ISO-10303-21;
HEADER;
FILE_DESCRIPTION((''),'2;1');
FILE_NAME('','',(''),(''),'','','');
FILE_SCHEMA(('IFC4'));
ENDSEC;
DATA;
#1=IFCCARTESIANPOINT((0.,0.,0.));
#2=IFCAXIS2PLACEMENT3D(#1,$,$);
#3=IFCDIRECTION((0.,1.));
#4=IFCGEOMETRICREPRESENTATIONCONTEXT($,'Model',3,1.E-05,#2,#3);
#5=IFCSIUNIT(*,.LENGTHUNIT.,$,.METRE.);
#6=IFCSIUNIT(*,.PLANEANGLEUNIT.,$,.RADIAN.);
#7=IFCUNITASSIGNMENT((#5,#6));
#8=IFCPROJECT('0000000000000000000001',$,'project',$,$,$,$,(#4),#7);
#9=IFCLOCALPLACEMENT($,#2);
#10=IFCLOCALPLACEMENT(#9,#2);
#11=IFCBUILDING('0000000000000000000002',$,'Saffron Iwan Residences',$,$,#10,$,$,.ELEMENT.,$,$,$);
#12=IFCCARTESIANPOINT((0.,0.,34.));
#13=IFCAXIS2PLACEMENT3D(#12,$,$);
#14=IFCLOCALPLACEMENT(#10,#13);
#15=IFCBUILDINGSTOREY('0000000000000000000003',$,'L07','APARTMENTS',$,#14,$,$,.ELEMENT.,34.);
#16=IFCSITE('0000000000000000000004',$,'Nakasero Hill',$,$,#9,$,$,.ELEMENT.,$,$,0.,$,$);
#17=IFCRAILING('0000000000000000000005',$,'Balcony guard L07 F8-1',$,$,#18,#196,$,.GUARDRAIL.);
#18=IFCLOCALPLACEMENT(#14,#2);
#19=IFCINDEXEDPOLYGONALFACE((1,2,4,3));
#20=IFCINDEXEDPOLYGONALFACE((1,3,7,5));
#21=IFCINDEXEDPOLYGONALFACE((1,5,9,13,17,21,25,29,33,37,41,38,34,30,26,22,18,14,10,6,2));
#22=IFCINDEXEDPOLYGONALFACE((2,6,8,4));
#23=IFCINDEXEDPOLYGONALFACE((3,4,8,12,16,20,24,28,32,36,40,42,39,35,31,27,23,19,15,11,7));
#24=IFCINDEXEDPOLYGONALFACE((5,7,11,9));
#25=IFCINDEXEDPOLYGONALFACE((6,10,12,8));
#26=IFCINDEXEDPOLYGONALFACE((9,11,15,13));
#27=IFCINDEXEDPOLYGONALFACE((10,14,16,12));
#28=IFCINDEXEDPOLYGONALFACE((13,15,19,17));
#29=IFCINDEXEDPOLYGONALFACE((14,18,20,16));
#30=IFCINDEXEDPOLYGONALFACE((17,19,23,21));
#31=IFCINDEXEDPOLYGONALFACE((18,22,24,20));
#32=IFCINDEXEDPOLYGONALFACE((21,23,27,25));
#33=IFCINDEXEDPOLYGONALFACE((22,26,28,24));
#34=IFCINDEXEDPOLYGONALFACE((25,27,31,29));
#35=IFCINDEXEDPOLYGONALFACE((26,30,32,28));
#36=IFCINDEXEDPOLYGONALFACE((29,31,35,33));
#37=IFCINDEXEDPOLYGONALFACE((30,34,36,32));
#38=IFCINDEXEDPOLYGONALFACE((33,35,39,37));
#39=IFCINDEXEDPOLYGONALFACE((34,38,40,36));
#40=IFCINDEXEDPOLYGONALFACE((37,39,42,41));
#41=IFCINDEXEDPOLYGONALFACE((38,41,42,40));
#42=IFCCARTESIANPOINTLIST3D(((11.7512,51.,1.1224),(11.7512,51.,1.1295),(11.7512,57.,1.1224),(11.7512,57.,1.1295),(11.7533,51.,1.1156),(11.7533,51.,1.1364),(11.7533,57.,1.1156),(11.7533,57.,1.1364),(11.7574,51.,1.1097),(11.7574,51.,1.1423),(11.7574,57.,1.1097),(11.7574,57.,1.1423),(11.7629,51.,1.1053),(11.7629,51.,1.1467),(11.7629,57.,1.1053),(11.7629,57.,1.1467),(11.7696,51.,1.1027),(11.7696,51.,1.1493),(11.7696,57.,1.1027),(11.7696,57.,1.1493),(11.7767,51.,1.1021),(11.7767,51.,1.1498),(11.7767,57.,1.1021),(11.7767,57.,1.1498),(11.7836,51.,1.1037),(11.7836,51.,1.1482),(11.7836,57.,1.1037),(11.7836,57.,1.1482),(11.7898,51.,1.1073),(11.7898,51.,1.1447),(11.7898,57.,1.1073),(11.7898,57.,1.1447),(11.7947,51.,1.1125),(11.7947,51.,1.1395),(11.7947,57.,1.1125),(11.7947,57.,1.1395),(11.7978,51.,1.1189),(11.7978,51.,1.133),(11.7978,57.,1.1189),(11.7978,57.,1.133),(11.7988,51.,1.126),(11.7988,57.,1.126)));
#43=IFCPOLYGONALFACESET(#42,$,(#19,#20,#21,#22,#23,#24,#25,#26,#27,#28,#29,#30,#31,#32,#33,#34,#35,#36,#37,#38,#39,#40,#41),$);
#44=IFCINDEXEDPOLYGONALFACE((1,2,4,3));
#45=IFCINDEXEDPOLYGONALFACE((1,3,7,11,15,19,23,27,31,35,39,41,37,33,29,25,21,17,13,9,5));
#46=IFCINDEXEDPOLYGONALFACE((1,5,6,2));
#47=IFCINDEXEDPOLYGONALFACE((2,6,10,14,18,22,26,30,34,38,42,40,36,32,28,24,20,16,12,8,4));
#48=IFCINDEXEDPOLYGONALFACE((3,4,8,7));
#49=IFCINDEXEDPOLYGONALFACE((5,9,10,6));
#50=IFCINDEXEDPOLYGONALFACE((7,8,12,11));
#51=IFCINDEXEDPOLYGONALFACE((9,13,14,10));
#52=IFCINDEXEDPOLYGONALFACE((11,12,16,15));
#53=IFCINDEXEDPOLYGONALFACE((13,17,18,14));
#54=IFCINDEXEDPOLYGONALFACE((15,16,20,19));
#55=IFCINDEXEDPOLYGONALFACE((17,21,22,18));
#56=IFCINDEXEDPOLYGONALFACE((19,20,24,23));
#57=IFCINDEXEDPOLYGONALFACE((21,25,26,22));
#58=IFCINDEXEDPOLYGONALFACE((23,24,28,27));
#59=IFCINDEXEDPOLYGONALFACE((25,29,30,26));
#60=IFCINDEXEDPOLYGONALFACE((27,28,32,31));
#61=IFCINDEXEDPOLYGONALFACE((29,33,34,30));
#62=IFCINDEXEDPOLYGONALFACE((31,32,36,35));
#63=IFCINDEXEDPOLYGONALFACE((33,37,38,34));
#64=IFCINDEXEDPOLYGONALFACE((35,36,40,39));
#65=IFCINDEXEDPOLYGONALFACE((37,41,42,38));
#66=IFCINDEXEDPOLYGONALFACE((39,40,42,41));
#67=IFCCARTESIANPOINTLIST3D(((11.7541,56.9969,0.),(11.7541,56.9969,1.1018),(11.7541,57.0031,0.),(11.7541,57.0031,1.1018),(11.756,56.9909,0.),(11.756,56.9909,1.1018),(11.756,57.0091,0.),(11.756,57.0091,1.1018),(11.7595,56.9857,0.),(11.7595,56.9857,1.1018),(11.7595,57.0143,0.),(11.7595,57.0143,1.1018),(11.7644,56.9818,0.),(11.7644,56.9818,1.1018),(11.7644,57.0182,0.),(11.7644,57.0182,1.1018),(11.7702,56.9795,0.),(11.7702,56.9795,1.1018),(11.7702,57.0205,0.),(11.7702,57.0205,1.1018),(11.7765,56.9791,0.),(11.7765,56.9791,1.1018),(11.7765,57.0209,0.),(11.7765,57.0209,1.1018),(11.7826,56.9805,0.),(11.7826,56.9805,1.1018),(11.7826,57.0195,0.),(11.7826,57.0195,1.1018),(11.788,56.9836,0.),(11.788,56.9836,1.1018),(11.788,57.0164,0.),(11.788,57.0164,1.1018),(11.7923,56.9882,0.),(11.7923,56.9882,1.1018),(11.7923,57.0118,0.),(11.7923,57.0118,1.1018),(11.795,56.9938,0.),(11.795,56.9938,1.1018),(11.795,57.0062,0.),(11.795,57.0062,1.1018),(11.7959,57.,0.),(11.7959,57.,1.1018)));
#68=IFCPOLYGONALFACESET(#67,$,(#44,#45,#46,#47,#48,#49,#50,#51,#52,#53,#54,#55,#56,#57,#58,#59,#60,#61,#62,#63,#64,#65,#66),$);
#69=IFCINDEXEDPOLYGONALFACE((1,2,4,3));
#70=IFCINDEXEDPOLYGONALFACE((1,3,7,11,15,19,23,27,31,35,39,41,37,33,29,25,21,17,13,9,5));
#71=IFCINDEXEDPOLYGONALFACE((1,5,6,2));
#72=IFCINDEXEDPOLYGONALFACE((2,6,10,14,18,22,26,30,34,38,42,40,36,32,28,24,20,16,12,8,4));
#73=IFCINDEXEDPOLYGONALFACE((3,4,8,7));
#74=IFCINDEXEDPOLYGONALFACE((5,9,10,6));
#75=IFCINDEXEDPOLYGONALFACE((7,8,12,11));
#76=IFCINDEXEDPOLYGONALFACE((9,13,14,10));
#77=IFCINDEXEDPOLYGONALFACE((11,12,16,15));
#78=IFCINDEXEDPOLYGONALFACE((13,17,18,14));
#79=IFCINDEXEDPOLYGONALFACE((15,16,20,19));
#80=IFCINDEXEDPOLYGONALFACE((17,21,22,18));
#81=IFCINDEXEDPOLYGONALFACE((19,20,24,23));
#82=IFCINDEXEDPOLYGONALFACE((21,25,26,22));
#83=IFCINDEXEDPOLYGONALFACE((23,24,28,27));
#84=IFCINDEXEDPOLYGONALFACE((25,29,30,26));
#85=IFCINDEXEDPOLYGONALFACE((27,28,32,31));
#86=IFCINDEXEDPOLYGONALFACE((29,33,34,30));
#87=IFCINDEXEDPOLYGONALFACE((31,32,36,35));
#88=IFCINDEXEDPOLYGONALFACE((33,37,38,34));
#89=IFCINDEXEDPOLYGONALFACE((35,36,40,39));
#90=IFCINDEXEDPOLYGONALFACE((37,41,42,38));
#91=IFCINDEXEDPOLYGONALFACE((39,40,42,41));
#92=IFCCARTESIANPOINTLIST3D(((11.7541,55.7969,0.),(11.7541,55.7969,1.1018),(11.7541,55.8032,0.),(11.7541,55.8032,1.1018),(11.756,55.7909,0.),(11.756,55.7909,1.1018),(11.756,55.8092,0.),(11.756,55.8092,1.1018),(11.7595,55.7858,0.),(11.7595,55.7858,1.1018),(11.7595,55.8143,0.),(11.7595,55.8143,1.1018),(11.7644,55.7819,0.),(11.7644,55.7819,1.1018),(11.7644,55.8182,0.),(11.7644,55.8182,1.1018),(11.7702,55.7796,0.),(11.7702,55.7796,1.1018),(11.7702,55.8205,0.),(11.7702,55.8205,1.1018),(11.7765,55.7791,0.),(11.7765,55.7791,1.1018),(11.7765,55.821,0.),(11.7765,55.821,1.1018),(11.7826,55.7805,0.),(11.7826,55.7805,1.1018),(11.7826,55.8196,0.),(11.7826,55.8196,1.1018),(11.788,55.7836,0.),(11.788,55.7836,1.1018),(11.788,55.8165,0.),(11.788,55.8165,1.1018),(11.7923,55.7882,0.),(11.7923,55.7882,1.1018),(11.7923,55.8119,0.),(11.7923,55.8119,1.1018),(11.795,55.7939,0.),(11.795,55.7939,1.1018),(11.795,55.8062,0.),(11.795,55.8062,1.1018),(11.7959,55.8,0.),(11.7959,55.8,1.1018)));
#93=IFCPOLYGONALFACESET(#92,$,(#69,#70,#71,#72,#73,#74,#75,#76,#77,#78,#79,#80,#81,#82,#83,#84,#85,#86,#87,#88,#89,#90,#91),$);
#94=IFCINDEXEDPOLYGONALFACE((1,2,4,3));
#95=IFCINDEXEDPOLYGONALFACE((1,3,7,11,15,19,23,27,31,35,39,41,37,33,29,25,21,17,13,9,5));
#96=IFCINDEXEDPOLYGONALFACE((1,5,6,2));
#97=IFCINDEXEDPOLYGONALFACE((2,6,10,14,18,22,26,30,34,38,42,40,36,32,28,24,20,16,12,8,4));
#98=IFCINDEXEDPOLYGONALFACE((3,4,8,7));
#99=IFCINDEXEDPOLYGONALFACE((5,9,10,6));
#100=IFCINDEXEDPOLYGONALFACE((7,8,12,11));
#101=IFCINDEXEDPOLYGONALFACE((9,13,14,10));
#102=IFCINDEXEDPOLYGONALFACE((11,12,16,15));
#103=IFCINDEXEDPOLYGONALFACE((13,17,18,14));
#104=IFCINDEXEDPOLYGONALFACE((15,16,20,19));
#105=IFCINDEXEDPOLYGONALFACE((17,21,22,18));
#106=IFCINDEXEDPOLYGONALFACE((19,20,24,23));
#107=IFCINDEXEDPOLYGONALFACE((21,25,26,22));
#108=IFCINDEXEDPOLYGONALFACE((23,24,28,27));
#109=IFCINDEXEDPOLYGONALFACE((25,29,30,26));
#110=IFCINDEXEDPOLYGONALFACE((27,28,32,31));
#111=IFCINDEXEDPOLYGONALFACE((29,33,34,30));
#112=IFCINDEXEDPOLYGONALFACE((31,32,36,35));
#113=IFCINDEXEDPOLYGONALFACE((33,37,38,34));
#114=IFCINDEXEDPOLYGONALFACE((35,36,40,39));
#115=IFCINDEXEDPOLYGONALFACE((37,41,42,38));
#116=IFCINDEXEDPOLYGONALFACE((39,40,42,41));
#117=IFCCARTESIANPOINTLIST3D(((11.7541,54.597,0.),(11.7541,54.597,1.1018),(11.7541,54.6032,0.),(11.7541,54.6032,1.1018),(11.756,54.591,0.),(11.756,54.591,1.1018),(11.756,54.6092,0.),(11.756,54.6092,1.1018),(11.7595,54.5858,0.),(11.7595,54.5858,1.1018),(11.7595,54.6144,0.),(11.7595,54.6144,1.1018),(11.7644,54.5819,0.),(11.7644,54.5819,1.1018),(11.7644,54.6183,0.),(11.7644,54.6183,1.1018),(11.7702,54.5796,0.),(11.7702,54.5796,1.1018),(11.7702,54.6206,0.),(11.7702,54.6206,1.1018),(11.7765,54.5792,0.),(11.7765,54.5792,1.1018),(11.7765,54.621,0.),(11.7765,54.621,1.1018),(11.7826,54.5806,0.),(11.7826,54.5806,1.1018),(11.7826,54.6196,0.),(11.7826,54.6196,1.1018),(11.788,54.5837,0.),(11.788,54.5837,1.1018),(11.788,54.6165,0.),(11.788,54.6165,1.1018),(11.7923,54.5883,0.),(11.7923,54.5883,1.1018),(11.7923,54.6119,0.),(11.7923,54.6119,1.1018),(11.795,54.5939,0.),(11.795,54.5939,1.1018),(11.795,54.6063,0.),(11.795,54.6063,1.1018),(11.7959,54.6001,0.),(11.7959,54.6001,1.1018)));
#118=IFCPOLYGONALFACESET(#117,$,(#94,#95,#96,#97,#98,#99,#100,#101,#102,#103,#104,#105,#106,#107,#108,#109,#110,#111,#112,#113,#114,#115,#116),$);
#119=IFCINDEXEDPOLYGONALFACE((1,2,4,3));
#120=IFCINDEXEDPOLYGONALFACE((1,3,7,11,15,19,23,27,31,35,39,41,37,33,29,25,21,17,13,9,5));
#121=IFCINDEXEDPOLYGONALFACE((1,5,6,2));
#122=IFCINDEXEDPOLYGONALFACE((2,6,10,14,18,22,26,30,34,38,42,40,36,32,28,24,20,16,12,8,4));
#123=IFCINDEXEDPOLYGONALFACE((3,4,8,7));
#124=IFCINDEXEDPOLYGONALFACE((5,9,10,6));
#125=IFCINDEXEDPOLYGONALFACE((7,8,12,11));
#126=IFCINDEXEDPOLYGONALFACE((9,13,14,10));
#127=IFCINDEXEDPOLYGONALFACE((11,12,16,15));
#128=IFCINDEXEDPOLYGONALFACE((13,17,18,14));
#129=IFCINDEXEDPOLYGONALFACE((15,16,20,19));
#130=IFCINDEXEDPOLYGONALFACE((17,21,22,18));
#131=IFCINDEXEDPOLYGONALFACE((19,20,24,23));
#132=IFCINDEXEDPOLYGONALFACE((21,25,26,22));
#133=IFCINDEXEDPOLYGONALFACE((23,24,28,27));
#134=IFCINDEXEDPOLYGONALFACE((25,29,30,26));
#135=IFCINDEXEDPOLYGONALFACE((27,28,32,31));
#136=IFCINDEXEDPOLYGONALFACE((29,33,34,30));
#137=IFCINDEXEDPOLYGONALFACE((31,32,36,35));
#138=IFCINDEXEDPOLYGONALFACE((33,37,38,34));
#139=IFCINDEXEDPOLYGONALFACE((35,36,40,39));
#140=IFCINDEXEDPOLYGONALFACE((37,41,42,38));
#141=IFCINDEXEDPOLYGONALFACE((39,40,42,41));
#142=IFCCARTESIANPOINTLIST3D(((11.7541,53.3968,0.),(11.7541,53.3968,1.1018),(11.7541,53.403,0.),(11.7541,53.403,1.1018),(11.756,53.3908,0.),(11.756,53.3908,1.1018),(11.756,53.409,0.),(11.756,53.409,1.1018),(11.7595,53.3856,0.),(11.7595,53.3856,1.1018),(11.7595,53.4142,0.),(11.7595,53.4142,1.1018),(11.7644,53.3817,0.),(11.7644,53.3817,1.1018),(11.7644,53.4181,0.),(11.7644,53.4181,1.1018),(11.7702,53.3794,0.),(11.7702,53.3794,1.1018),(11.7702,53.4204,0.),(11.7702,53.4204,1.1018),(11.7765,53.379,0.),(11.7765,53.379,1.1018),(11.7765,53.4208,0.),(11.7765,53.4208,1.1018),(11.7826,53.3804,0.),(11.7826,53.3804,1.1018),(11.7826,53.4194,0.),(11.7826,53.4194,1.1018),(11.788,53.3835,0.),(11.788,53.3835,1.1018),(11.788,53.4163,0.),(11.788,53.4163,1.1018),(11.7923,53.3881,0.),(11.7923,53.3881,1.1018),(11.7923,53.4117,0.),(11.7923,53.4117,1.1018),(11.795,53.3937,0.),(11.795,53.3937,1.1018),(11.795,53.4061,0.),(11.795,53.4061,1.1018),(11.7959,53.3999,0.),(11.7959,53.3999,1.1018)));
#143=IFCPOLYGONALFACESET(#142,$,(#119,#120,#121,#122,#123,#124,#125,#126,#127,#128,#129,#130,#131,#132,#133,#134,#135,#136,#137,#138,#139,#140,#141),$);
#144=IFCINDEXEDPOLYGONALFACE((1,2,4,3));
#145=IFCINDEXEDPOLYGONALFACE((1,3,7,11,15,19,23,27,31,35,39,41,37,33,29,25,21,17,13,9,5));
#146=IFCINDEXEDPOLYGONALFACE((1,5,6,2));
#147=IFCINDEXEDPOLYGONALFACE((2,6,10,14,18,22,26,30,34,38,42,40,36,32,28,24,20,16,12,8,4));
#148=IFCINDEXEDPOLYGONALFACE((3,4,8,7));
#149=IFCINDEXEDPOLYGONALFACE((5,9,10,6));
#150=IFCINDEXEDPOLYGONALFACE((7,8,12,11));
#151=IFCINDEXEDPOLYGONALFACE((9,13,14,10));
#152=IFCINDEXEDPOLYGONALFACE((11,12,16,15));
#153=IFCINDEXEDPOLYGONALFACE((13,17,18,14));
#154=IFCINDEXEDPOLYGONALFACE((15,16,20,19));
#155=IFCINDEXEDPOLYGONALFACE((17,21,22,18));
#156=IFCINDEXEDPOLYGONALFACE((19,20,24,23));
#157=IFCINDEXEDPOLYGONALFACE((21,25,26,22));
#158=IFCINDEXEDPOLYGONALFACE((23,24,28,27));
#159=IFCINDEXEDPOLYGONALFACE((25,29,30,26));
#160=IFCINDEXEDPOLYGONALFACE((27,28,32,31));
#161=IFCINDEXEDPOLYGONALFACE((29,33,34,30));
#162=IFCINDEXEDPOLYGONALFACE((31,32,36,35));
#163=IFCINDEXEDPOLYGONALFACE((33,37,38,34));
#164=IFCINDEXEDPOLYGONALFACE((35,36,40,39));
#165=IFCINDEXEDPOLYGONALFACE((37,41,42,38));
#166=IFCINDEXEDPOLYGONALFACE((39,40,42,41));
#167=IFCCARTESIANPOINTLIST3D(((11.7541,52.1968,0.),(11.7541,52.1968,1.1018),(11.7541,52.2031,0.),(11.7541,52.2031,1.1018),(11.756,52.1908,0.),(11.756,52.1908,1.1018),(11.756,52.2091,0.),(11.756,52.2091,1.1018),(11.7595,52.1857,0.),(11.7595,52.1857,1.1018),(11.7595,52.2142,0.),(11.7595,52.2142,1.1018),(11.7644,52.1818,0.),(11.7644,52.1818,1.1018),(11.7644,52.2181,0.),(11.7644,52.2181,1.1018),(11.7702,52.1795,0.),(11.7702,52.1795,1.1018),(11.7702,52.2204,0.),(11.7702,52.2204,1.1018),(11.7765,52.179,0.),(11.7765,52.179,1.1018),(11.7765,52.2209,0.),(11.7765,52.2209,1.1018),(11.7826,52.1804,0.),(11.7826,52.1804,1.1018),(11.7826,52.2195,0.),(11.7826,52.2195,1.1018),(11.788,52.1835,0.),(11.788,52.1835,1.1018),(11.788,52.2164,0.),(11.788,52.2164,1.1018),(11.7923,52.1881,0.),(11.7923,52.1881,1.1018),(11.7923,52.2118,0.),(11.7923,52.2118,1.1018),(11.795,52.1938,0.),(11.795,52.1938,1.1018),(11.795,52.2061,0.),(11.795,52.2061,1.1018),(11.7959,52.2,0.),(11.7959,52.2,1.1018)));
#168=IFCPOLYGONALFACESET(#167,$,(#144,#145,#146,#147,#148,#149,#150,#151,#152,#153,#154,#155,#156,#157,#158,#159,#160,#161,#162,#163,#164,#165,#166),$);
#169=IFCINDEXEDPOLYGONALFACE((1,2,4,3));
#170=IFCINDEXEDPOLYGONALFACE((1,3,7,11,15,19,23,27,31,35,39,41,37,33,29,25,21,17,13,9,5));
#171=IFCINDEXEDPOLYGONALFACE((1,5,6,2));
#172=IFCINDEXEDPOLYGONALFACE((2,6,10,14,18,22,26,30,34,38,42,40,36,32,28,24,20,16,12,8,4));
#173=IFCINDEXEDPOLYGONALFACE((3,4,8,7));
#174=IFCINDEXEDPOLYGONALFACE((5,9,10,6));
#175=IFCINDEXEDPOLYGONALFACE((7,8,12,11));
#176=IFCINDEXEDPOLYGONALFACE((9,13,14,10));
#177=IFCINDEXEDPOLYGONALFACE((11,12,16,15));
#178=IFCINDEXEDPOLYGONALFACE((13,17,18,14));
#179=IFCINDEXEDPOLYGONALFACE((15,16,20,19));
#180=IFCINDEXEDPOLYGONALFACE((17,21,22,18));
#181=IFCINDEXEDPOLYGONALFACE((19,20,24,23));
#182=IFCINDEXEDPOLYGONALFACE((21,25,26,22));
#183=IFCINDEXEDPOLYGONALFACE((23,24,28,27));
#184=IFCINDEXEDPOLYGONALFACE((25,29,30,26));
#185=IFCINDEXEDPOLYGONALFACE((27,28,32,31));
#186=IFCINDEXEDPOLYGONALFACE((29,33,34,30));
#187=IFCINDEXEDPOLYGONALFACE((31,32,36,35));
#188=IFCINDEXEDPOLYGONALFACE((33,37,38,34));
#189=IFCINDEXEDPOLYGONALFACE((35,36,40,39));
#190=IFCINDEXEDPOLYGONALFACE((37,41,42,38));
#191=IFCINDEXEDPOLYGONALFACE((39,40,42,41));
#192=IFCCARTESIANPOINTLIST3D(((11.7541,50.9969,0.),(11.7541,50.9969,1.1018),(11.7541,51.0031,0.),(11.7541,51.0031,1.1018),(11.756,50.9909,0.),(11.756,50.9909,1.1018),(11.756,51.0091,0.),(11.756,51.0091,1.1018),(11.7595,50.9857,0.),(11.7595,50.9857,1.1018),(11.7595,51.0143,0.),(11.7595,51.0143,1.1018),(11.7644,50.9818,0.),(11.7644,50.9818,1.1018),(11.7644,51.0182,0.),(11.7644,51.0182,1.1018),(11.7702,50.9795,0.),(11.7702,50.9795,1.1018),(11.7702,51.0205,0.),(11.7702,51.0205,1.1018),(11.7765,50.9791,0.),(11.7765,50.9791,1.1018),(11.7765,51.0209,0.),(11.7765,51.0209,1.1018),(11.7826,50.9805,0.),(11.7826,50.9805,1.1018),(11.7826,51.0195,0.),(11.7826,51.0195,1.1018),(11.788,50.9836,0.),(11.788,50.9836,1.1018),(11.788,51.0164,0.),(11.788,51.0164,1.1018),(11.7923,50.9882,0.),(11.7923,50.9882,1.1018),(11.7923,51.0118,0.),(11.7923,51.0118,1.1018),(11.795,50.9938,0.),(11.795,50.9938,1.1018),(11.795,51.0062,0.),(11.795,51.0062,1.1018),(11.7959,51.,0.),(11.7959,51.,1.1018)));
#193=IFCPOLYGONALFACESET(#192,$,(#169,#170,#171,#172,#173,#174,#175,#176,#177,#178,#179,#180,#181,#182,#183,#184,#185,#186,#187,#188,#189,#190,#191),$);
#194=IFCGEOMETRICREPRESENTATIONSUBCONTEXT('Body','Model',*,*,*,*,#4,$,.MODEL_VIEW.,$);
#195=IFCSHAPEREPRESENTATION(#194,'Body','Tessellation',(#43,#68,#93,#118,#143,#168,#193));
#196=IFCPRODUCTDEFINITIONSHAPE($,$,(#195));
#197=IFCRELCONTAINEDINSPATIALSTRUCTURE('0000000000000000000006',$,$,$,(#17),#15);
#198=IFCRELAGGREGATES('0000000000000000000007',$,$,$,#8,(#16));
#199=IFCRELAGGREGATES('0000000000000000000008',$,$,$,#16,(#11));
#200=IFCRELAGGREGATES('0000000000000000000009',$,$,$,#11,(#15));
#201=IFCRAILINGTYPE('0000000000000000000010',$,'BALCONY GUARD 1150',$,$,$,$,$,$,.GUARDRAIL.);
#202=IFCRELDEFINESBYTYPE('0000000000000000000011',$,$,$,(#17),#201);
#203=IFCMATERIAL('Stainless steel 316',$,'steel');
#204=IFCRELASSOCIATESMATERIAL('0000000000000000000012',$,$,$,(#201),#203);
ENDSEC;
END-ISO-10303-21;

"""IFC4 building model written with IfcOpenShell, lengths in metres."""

from ifc_helpers import new_model, si_unit, direction, frame, origin, origin_2d, place, context, subcontext, project, spatial, circle, extrude, material, type_object, element, save


model = new_model("IFC4")

# Units and contexts
model_context = context("Model", 3, precision=1e-05, world=origin(), true_north=direction((0.0, 1.0)))
body_context = subcontext(model_context, "Body", "Model", "MODEL_VIEW")
ifc_project = project(units=[si_unit("LENGTHUNIT", "METRE"), si_unit("PLANEANGLEUNIT", "RADIAN")], contexts=[model_context])

# Site, building, storey
site_placement = place(None, origin())
site = spatial("IfcSite", under=ifc_project, at=site_placement, Name="Nakasero Hill", CompositionType="ELEMENT", RefElevation=0.0)
building_placement = place(site_placement, origin())
building = spatial("IfcBuilding", under=site, at=building_placement, Name="Saffron Iwan Residences", CompositionType="ELEMENT")
storey_placement = place(building_placement, frame((0.0, 0.0, 34.0)))
storey = spatial("IfcBuildingStorey", under=building, at=storey_placement, Name="L07", Description="APARTMENTS", CompositionType="ELEMENT", Elevation=34.0)

# Railing
ifc_material_1 = material(Name="Stainless steel 316", Category="steel")
railing_type = type_object("IfcRailingType", Name="BALCONY GUARD 1150", PredefinedType="GUARDRAIL", material=ifc_material_1)
railing_placement = place(storey_placement, frame((11.7749, 57.0, 0.0)))
element("IfcRailing", 1, at=railing_placement, inside=storey, type_object=railing_type, Name="Balcony guard L07 F8-1", PredefinedType="GUARDRAIL", context=body_context, shape_type="SweptSolid", body=[
    extrude(circle(Radius=0.0239, at=origin_2d()), frame((0.0, 0.0, 1.126), z_axis=(0.0, -1.0, 0.0), x_axis=(1.0, 0.0, 0.0)), (0.0, 0.0, 1.0), 6.0),
    extrude(circle(Radius=0.021, at=origin_2d()), origin(), (0.0, 0.0, 1.0), 1.1018),
    extrude(circle(Radius=0.021, at=origin_2d()), frame((0.0, -1.2, 0.0)), (0.0, 0.0, 1.0), 1.1018),
    extrude(circle(Radius=0.021, at=origin_2d()), frame((0.0, -2.3999, 0.0)), (0.0, 0.0, 1.0), 1.1018),
    extrude(circle(Radius=0.021, at=origin_2d()), frame((0.0, -3.6001, 0.0)), (0.0, 0.0, 1.0), 1.1018),
    extrude(circle(Radius=0.021, at=origin_2d()), frame((0.0, -4.8, 0.0)), (0.0, 0.0, 1.0), 1.1018),
    extrude(circle(Radius=0.021, at=origin_2d()), frame((0.0, -6.0, 0.0)), (0.0, 0.0, 1.0), 1.1018),
])

save(model, "model.ifc")
